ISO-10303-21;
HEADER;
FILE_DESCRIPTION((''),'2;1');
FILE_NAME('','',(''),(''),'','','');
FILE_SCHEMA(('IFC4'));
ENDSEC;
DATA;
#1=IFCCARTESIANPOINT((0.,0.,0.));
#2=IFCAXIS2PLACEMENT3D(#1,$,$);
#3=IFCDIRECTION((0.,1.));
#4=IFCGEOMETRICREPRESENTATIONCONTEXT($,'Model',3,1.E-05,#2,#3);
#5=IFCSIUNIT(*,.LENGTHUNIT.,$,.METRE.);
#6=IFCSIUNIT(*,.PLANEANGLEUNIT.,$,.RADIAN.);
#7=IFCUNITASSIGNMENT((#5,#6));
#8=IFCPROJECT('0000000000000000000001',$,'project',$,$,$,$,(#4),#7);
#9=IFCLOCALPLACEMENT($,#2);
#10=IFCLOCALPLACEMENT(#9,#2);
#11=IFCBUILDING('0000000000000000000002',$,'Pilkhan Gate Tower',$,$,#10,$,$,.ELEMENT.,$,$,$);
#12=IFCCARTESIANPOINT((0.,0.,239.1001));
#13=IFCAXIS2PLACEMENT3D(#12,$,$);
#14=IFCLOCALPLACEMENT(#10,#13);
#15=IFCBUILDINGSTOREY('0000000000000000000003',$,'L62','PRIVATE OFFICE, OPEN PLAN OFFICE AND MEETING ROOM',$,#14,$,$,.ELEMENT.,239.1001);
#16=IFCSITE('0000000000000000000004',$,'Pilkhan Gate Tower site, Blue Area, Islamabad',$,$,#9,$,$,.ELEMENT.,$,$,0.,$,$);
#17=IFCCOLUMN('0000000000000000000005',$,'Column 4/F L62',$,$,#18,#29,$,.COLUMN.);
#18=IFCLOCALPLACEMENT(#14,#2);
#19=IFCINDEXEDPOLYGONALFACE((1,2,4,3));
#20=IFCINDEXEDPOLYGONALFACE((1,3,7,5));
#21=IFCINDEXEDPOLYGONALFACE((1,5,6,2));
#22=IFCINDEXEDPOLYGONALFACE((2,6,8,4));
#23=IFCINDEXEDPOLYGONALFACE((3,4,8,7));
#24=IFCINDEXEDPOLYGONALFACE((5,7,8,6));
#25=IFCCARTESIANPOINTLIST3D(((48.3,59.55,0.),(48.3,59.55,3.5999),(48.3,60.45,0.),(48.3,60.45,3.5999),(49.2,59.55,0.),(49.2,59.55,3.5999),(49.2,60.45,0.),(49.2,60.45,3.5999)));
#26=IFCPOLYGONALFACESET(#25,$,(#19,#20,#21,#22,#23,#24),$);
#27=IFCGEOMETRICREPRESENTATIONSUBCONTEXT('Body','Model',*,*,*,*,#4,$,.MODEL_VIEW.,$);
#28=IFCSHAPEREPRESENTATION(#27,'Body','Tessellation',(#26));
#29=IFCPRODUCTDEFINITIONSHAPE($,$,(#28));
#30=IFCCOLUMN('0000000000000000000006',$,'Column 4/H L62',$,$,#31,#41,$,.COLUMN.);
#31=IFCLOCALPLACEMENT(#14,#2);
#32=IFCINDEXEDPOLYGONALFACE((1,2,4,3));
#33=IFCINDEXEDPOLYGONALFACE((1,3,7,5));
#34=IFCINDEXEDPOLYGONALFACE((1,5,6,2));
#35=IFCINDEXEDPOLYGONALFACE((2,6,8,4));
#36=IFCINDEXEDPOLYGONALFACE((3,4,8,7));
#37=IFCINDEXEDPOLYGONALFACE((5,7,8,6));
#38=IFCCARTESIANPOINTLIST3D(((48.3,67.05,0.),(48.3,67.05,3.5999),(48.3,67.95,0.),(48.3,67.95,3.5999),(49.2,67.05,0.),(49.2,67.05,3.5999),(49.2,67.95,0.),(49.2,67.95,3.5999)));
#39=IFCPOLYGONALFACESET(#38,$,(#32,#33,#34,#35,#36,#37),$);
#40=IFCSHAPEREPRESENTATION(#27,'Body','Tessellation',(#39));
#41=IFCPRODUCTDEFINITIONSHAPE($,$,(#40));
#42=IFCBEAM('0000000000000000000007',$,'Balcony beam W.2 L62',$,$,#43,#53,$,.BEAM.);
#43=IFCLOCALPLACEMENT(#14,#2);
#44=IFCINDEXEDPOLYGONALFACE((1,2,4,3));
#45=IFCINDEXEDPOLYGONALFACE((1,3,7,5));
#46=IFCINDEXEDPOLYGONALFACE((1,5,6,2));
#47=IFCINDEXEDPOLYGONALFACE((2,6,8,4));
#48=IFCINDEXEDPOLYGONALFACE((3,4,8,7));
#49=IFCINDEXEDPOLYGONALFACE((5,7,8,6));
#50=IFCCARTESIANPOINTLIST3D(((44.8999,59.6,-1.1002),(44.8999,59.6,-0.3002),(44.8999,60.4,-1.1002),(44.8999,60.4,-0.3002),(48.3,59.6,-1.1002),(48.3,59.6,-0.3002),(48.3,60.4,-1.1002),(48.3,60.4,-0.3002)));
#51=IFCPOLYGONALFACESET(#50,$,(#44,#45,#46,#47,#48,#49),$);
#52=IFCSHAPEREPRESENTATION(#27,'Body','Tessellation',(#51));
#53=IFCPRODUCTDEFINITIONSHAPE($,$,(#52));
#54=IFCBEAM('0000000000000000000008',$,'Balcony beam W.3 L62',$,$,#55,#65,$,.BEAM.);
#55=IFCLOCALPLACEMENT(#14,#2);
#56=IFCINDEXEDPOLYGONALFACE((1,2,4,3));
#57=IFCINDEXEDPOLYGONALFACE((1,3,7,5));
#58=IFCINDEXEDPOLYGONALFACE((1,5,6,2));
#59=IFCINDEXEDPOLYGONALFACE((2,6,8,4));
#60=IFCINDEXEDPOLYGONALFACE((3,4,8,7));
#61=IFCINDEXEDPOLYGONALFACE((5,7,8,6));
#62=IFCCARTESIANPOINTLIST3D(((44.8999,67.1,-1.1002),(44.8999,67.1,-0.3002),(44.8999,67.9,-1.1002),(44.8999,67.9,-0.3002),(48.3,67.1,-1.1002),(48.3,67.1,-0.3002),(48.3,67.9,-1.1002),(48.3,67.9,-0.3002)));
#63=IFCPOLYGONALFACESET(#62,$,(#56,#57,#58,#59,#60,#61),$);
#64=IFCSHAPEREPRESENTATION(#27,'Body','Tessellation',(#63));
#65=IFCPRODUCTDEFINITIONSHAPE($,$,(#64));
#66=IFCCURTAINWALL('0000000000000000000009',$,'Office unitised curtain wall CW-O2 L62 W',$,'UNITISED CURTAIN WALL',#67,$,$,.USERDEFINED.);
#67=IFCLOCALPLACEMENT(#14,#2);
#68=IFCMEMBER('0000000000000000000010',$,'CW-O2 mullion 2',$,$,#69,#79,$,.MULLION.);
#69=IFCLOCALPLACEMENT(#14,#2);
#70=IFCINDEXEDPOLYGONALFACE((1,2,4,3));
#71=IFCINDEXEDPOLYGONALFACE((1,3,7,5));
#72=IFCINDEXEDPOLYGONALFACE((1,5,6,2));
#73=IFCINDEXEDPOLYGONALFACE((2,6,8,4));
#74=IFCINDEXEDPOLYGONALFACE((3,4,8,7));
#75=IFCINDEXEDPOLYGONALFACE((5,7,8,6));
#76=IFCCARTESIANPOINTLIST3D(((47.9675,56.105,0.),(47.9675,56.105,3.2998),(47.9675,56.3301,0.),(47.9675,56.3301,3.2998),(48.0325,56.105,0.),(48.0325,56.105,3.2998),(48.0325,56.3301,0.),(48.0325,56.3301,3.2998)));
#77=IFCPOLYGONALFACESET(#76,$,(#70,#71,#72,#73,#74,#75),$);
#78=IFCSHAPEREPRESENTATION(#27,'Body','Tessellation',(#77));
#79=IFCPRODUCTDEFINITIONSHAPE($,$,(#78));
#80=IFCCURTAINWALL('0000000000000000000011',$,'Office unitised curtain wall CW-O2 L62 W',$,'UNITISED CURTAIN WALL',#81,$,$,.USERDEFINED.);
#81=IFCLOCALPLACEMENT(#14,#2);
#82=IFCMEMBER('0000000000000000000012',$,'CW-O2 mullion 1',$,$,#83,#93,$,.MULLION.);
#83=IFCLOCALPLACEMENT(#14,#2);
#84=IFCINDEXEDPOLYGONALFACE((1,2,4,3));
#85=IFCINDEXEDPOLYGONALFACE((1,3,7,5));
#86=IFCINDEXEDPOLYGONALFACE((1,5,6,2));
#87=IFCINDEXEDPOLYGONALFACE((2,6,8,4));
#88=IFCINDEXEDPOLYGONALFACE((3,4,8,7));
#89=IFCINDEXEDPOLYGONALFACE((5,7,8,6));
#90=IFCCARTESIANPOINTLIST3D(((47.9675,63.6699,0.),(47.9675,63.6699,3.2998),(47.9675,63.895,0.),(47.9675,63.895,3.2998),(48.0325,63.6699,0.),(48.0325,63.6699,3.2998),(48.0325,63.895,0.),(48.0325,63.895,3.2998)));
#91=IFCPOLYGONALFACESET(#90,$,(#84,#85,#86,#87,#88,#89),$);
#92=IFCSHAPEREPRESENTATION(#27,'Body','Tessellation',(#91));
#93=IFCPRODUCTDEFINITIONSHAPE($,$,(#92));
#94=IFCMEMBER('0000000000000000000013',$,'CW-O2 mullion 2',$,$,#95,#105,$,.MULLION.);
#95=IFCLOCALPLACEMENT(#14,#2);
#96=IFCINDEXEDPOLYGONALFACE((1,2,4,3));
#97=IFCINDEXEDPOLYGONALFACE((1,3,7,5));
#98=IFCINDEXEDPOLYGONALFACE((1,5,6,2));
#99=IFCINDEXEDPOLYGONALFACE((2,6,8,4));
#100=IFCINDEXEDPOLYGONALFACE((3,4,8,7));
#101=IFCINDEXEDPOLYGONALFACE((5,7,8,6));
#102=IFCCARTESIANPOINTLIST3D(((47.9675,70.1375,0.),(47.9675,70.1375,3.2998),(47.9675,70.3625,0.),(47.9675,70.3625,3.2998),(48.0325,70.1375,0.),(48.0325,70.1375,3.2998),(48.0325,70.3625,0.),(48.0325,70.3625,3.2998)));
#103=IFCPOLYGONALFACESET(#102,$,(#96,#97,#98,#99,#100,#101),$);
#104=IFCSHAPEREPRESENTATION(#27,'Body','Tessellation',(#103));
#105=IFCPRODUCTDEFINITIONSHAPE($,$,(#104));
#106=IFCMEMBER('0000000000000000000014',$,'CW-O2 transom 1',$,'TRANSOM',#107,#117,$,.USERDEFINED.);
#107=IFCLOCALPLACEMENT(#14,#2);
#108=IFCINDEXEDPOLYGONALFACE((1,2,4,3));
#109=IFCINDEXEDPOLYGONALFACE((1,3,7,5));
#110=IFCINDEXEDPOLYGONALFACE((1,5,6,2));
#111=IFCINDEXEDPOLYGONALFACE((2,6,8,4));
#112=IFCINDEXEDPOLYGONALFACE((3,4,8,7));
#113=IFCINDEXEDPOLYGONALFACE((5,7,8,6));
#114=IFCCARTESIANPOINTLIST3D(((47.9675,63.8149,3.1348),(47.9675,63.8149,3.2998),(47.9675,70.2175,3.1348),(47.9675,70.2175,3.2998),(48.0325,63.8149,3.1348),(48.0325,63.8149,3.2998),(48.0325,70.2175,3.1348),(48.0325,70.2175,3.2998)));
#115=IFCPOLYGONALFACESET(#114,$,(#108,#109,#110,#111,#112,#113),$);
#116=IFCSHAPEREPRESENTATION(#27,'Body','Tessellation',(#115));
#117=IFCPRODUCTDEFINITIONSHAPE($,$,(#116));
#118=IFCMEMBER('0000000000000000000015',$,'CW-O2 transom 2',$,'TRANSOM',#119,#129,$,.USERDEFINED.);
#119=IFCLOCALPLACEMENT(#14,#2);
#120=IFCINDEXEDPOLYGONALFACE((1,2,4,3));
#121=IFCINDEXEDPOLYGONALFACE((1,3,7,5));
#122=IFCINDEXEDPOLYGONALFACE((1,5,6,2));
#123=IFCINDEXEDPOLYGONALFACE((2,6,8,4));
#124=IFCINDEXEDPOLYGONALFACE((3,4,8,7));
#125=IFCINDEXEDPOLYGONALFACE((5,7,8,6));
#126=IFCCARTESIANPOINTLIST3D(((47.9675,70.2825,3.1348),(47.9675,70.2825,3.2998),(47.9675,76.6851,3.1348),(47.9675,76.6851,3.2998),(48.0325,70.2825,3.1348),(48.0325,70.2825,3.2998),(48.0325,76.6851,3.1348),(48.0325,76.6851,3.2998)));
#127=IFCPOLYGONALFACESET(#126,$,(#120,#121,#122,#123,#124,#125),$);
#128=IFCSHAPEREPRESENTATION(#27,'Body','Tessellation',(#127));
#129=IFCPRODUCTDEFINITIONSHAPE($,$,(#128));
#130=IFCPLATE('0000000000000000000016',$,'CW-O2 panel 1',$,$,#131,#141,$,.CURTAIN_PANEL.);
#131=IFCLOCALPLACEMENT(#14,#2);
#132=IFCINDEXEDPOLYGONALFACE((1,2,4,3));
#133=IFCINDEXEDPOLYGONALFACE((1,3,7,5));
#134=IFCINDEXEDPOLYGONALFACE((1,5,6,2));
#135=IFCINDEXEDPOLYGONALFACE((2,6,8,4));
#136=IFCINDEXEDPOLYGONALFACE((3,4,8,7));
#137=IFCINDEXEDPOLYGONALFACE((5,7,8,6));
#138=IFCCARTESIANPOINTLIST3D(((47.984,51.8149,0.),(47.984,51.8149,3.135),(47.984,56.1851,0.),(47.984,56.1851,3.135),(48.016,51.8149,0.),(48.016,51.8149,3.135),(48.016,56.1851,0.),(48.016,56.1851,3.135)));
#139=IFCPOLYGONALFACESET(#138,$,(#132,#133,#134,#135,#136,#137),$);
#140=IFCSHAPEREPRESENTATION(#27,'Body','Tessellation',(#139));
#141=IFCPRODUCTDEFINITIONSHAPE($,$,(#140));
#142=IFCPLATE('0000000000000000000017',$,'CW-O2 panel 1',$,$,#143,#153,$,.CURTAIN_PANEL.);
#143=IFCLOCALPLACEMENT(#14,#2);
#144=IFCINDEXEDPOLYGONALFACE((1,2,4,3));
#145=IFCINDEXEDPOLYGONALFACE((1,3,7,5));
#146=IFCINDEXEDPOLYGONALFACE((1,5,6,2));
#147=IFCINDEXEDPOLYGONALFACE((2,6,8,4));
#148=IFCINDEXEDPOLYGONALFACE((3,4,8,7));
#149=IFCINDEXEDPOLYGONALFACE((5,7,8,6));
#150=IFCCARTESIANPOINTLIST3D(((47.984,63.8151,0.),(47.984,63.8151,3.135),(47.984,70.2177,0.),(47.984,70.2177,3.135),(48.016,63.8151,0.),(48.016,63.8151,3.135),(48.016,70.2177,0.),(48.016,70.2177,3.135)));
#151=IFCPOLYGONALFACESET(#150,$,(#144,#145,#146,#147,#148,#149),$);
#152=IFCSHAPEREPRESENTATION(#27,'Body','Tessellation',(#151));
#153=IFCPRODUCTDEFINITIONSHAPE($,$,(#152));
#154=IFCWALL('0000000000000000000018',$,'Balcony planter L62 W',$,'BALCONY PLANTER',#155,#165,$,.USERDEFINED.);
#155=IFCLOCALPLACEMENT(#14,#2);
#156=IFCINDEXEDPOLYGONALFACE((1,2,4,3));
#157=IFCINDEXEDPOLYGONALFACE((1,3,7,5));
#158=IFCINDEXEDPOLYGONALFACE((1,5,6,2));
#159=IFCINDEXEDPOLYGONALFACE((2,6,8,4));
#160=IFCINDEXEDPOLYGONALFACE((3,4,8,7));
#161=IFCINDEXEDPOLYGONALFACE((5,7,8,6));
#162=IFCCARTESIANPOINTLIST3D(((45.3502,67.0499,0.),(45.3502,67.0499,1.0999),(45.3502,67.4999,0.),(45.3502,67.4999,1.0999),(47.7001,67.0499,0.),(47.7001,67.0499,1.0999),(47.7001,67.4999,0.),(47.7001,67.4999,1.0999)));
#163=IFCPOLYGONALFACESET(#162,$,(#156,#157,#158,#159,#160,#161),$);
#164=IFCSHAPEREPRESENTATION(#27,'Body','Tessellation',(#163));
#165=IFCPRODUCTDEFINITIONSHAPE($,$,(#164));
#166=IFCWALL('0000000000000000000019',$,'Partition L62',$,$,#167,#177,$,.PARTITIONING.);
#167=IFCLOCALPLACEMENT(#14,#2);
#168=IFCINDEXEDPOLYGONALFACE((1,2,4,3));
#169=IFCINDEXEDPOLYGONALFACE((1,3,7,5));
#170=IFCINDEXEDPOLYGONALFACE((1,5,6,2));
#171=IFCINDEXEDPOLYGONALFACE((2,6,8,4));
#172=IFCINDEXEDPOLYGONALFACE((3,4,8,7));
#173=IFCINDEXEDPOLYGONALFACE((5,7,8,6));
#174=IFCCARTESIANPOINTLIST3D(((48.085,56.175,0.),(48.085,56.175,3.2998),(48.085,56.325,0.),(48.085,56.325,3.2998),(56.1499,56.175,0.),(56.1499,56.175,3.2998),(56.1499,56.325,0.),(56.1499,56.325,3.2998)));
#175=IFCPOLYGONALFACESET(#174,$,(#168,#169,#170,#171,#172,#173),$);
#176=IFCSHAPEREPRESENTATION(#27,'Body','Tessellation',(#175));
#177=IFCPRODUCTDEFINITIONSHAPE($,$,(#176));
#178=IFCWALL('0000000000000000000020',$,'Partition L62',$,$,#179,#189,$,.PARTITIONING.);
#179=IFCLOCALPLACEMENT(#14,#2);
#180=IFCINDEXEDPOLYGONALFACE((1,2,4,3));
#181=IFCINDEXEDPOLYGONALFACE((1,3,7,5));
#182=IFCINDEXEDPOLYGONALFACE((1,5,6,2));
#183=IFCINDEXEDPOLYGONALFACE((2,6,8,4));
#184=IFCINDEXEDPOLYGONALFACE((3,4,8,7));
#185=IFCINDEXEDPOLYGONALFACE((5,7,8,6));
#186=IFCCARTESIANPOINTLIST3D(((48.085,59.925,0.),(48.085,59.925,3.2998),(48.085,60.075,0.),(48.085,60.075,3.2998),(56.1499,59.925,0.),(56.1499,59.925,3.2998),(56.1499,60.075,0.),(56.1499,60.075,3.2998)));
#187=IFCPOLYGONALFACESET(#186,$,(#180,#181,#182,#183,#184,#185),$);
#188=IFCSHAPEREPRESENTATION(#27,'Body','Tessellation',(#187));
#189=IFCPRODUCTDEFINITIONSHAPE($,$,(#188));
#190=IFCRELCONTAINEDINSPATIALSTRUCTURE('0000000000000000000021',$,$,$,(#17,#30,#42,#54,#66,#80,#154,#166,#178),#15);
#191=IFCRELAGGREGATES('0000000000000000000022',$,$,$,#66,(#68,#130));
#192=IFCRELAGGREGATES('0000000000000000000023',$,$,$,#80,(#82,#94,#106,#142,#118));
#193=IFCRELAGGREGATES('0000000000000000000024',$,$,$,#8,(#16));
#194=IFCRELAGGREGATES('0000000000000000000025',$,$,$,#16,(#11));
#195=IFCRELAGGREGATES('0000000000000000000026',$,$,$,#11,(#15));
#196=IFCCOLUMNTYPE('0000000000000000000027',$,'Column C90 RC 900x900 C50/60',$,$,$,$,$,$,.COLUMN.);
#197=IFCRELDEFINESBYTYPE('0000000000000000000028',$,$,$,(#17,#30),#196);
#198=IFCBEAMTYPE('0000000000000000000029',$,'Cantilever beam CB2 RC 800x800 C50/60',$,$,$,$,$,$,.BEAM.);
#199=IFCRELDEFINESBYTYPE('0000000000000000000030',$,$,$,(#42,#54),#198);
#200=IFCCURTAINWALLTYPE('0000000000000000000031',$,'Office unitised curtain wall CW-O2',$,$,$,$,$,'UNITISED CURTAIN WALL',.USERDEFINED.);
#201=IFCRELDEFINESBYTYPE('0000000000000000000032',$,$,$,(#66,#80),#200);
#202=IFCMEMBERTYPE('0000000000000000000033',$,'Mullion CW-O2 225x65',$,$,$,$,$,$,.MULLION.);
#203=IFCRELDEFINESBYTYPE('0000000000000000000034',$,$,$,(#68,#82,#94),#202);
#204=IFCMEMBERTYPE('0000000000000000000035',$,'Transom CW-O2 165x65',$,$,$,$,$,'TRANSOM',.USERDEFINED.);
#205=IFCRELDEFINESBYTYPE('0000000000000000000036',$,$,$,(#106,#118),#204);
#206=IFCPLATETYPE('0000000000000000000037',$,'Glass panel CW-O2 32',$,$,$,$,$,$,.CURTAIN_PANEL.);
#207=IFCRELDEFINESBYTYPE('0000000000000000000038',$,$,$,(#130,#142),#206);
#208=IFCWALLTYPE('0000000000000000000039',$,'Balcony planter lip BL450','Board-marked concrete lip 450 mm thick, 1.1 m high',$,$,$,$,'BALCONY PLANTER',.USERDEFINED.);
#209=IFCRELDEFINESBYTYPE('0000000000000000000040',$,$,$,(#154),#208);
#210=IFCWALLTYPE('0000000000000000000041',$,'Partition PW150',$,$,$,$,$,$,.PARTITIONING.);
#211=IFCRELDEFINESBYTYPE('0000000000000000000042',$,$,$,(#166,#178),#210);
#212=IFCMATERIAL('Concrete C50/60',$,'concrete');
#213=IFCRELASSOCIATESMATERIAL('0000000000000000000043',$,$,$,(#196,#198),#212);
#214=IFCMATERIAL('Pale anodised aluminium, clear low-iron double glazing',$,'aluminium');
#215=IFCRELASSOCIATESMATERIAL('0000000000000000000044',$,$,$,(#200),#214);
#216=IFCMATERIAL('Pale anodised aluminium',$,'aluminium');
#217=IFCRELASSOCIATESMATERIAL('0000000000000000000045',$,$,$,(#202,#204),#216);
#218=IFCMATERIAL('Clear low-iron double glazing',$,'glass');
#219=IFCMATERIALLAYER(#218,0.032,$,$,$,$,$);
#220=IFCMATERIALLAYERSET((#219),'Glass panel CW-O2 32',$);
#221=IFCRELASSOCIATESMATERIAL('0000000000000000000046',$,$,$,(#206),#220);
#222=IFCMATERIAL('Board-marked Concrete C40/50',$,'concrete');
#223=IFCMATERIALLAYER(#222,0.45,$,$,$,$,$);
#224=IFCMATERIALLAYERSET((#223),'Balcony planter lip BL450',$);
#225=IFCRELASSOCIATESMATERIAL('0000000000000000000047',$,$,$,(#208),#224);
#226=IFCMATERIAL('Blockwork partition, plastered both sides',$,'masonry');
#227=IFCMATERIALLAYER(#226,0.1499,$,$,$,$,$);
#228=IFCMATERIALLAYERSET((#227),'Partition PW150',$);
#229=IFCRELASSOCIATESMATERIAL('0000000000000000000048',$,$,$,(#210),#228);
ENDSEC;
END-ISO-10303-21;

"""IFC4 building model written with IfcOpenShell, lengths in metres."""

from ifc_helpers import new_model, si_unit, direction, frame, frame_2d, origin, origin_2d, place, context, subcontext, project, spatial, rectangle, extrude, material, layer, layer_set, material_profile, profile_set, type_object, element, aggregate, save


model = new_model("IFC4")

# Units and contexts
model_context = context("Model", 3, precision=1e-05, world=origin(), true_north=direction((0.0, 1.0)))
body_context = subcontext(model_context, "Body", "Model", "MODEL_VIEW")
ifc_project = project(units=[si_unit("LENGTHUNIT", "METRE"), si_unit("PLANEANGLEUNIT", "RADIAN")], contexts=[model_context])

# Site, building, storey
site_placement = place(None, origin())
site = spatial("IfcSite", under=ifc_project, at=site_placement, Name="Pilkhan Gate Tower site, Blue Area, Islamabad", CompositionType="ELEMENT", RefElevation=0.0)
building_placement = place(site_placement, origin())
building = spatial("IfcBuilding", under=site, at=building_placement, Name="Pilkhan Gate Tower", CompositionType="ELEMENT")
storey_placement = place(building_placement, frame((0.0, 0.0, 239.1001)))
storey = spatial("IfcBuildingStorey", under=building, at=storey_placement, Name="L62", Description="PRIVATE OFFICE, OPEN PLAN OFFICE AND MEETING ROOM", CompositionType="ELEMENT", Elevation=239.1001)

# Columns
ifc_material_1 = material(Name="Concrete C50/60", Category="concrete")
ifc_material_profile_1 = material_profile(ifc_material_1, rectangle(XDim=0.8999, YDim=0.8999, at=origin_2d()), Name="RC 900x900")
ifc_profile_set_1 = profile_set([ifc_material_profile_1], Name="Concrete C50/60")
column_type = type_object("IfcColumnType", Name="Column C90 RC 900x900 C50/60", PredefinedType="COLUMN", material=ifc_profile_set_1)
for number, where, z_axis, x_axis, name in (
    (1, (48.75, 60.0, 0.0), (0.0, 0.0, 1.0), (1.0, 0.0, 0.0), "Column 4/F L62"),
    (2, (48.75, 67.5, 0.0), (0.0, 0.0, 1.0), (1.0, 0.0, 0.0), "Column 4/H L62"),
):
    element("IfcColumn", number, at=place(storey_placement, frame(where, z_axis=z_axis, x_axis=x_axis)), inside=storey, type_object=column_type, Name=name, PredefinedType="COLUMN", context=body_context, shape_type="SweptSolid", body=[
        extrude(rectangle(XDim=0.8999, YDim=0.8999, at=origin_2d()), origin(), (0.0, 0.0, 1.0), 3.5999),
    ])

# Beams
ifc_material_profile_2 = material_profile(ifc_material_1, rectangle(XDim=0.8, YDim=0.8, at=origin_2d()), Name="RC 800x800")
ifc_profile_set_2 = profile_set([ifc_material_profile_2], Name="Concrete C50/60")
beam_type = type_object("IfcBeamType", Name="Cantilever beam CB2 RC 800x800 C50/60", PredefinedType="BEAM", material=ifc_profile_set_2)
for number, where, z_axis, x_axis, name in (
    (3, (48.3, 60.0, -0.7002), (-1.0, 0.0, 0.0), (0.0, -1.0, 0.0), "Balcony beam W.2 L62"),
    (4, (48.3, 67.5, -0.7002), (-1.0, 0.0, 0.0), (0.0, -1.0, 0.0), "Balcony beam W.3 L62"),
):
    element("IfcBeam", number, at=place(storey_placement, frame(where, z_axis=z_axis, x_axis=x_axis)), inside=storey, type_object=beam_type, Name=name, PredefinedType="BEAM", context=body_context, shape_type="SweptSolid", body=[
        extrude(rectangle(XDim=0.8, YDim=0.8, at=origin_2d()), origin(), (0.0, 0.0, 1.0), 3.4001),
    ])

# Curtain wall, member
ifc_material_2 = material(Name="Pale anodised aluminium, clear low-iron double glazing", Category="aluminium")
curtain_wall_type = type_object("IfcCurtainWallType", Name="Office unitised curtain wall CW-O2", ElementType="UNITISED CURTAIN WALL", PredefinedType="USERDEFINED", material=ifc_material_2)
curtain_wall_1_placement = place(storey_placement, origin())
curtain_wall_1 = element("IfcCurtainWall", 5, at=curtain_wall_1_placement, inside=storey, type_object=curtain_wall_type, Name="Office unitised curtain wall CW-O2 L62 W", ObjectType="UNITISED CURTAIN WALL", PredefinedType="USERDEFINED")
ifc_material_3 = material(Name="Pale anodised aluminium", Category="aluminium")
ifc_material_profile_3 = material_profile(ifc_material_3, rectangle(XDim=0.0649, YDim=0.2251, at=origin_2d()), Name="Mullion 225x65")
ifc_profile_set_3 = profile_set([ifc_material_profile_3], Name="Pale anodised aluminium")
member_type_1 = type_object("IfcMemberType", Name="Mullion CW-O2 225x65", PredefinedType="MULLION", material=ifc_profile_set_3)
member_1_placement = place(storey_placement, frame((48.0, 56.2175, 0.0), z_axis=(0.0, 0.0, 1.0), x_axis=(-1.0, 0.0, 0.0)))
member_1 = element("IfcMember", 6, at=member_1_placement, type_object=member_type_1, Name="CW-O2 mullion 2", PredefinedType="MULLION", context=body_context, shape_type="SweptSolid", body=[
    extrude(rectangle(XDim=0.0649, YDim=0.2251, at=origin_2d()), origin(), (0.0, 0.0, 1.0), 3.2998),
])

# Curtain wall, members
curtain_wall_2_placement = place(storey_placement, origin())
curtain_wall_2 = element("IfcCurtainWall", 7, at=curtain_wall_2_placement, inside=storey, type_object=curtain_wall_type, Name="Office unitised curtain wall CW-O2 L62 W", ObjectType="UNITISED CURTAIN WALL", PredefinedType="USERDEFINED")
member_2_placement = place(storey_placement, frame((48.0, 63.7825, 0.0), z_axis=(0.0, 0.0, 1.0), x_axis=(-1.0, 0.0, 0.0)))
member_2 = element("IfcMember", 8, at=member_2_placement, type_object=member_type_1, Name="CW-O2 mullion 1", PredefinedType="MULLION", context=body_context, shape_type="SweptSolid", body=[
    extrude(rectangle(XDim=0.0649, YDim=0.2251, at=origin_2d()), origin(), (0.0, 0.0, 1.0), 3.2998),
])
member_3_placement = place(storey_placement, frame((48.0, 70.25, 0.0), z_axis=(0.0, 0.0, 1.0), x_axis=(-1.0, 0.0, 0.0)))
member_3 = element("IfcMember", 9, at=member_3_placement, type_object=member_type_1, Name="CW-O2 mullion 2", PredefinedType="MULLION", context=body_context, shape_type="SweptSolid", body=[
    extrude(rectangle(XDim=0.0649, YDim=0.2251, at=origin_2d()), origin(), (0.0, 0.0, 1.0), 3.2998),
])
ifc_material_profile_4 = material_profile(ifc_material_3, rectangle(XDim=0.0649, YDim=0.165, at=origin_2d()), Name="Transom 165x65")
ifc_profile_set_4 = profile_set([ifc_material_profile_4], Name="Pale anodised aluminium")
member_type_2 = type_object("IfcMemberType", Name="Transom CW-O2 165x65", ElementType="TRANSOM", PredefinedType="USERDEFINED", material=ifc_profile_set_4)
member_4_placement = place(storey_placement, frame((48.0, 63.8149, 3.2173), z_axis=(0.0, 1.0, 0.0), x_axis=(-1.0, 0.0, 0.0)))
member_4 = element("IfcMember", 10, at=member_4_placement, type_object=member_type_2, Name="CW-O2 transom 1", ObjectType="TRANSOM", PredefinedType="USERDEFINED", context=body_context, shape_type="SweptSolid", body=[
    extrude(rectangle(XDim=0.0649, YDim=0.165, at=origin_2d()), origin(), (0.0, 0.0, 1.0), 6.4026),
])
member_5_placement = place(storey_placement, frame((48.0, 70.2825, 3.2173), z_axis=(0.0, 1.0, 0.0), x_axis=(-1.0, 0.0, 0.0)))
member_5 = element("IfcMember", 11, at=member_5_placement, type_object=member_type_2, Name="CW-O2 transom 2", ObjectType="TRANSOM", PredefinedType="USERDEFINED", context=body_context, shape_type="SweptSolid", body=[
    extrude(rectangle(XDim=0.0649, YDim=0.165, at=origin_2d()), origin(), (0.0, 0.0, 1.0), 6.4026),
])

# Plates
ifc_material_4 = material(Name="Clear low-iron double glazing", Category="glass")
ifc_layer_1 = layer(ifc_material_4, 0.032)
ifc_layer_set_1 = layer_set([ifc_layer_1], Name="Glass panel CW-O2 32")
plate_type = type_object("IfcPlateType", Name="Glass panel CW-O2 32", PredefinedType="CURTAIN_PANEL", material=ifc_layer_set_1)
plate_1_placement = place(storey_placement, frame((48.0, 54.0, 0.0), z_axis=(0.0, 0.0, 1.0), x_axis=(0.0, 1.0, 0.0)))
plate_1 = element("IfcPlate", 12, at=plate_1_placement, type_object=plate_type, Name="CW-O2 panel 1", PredefinedType="CURTAIN_PANEL", context=body_context, shape_type="SweptSolid", body=[
    extrude(rectangle(XDim=4.3701, YDim=0.032, at=origin_2d()), origin(), (0.0, 0.0, 1.0), 3.135),
])
aggregate(curtain_wall_1, [member_1, plate_1])
plate_2_placement = place(storey_placement, frame((48.0, 67.0164, 0.0), z_axis=(0.0, 0.0, 1.0), x_axis=(0.0, 1.0, 0.0)))
plate_2 = element("IfcPlate", 13, at=plate_2_placement, type_object=plate_type, Name="CW-O2 panel 1", PredefinedType="CURTAIN_PANEL", context=body_context, shape_type="SweptSolid", body=[
    extrude(rectangle(XDim=6.4026, YDim=0.032, at=origin_2d()), origin(), (0.0, 0.0, 1.0), 3.135),
])
aggregate(curtain_wall_2, [member_2, member_3, member_4, plate_2, member_5])

# Wall
ifc_material_5 = material(Name="Board-marked Concrete C40/50", Category="concrete")
ifc_layer_2 = layer(ifc_material_5, 0.45)
ifc_layer_set_2 = layer_set([ifc_layer_2], Name="Balcony planter lip BL450")
wall_type_1 = type_object("IfcWallType", Name="Balcony planter lip BL450", Description="Board-marked concrete lip 450 mm thick, 1.1 m high", ElementType="BALCONY PLANTER", PredefinedType="USERDEFINED", material=ifc_layer_set_2)
wall_1_placement = place(storey_placement, frame((47.7, 67.2749, 0.0), z_axis=(0.0, 0.0, 1.0), x_axis=(-1.0, 0.0, 0.0)))
element("IfcWall", 14, at=wall_1_placement, inside=storey, type_object=wall_type_1, Name="Balcony planter L62 W", ObjectType="BALCONY PLANTER", PredefinedType="USERDEFINED", context=body_context, shape_type="SweptSolid", body=[
    extrude(rectangle(XDim=2.3499, YDim=0.45, at=frame_2d((1.1748, 0.0))), origin(), (0.0, 0.0, 1.0), 1.0999),
])

# Walls
ifc_material_6 = material(Name="Blockwork partition, plastered both sides", Category="masonry")
ifc_layer_3 = layer(ifc_material_6, 0.1499)
ifc_layer_set_3 = layer_set([ifc_layer_3], Name="Partition PW150")
wall_type_2 = type_object("IfcWallType", Name="Partition PW150", PredefinedType="PARTITIONING", material=ifc_layer_set_3)
for number, where, z_axis, x_axis, name in (
    (15, (48.085, 56.25, 0.0), (0.0, 0.0, 1.0), (1.0, 0.0, 0.0), "Partition L62"),
    (16, (48.085, 60.0, 0.0), (0.0, 0.0, 1.0), (1.0, 0.0, 0.0), "Partition L62"),
):
    element("IfcWall", number, at=place(storey_placement, frame(where, z_axis=z_axis, x_axis=x_axis)), inside=storey, type_object=wall_type_2, Name=name, PredefinedType="PARTITIONING", context=body_context, shape_type="SweptSolid", body=[
        extrude(rectangle(XDim=8.0649, YDim=0.1499, at=frame_2d((4.0325, 0.0))), origin(), (0.0, 0.0, 1.0), 3.2998),
    ])

save(model, "model.ifc")
